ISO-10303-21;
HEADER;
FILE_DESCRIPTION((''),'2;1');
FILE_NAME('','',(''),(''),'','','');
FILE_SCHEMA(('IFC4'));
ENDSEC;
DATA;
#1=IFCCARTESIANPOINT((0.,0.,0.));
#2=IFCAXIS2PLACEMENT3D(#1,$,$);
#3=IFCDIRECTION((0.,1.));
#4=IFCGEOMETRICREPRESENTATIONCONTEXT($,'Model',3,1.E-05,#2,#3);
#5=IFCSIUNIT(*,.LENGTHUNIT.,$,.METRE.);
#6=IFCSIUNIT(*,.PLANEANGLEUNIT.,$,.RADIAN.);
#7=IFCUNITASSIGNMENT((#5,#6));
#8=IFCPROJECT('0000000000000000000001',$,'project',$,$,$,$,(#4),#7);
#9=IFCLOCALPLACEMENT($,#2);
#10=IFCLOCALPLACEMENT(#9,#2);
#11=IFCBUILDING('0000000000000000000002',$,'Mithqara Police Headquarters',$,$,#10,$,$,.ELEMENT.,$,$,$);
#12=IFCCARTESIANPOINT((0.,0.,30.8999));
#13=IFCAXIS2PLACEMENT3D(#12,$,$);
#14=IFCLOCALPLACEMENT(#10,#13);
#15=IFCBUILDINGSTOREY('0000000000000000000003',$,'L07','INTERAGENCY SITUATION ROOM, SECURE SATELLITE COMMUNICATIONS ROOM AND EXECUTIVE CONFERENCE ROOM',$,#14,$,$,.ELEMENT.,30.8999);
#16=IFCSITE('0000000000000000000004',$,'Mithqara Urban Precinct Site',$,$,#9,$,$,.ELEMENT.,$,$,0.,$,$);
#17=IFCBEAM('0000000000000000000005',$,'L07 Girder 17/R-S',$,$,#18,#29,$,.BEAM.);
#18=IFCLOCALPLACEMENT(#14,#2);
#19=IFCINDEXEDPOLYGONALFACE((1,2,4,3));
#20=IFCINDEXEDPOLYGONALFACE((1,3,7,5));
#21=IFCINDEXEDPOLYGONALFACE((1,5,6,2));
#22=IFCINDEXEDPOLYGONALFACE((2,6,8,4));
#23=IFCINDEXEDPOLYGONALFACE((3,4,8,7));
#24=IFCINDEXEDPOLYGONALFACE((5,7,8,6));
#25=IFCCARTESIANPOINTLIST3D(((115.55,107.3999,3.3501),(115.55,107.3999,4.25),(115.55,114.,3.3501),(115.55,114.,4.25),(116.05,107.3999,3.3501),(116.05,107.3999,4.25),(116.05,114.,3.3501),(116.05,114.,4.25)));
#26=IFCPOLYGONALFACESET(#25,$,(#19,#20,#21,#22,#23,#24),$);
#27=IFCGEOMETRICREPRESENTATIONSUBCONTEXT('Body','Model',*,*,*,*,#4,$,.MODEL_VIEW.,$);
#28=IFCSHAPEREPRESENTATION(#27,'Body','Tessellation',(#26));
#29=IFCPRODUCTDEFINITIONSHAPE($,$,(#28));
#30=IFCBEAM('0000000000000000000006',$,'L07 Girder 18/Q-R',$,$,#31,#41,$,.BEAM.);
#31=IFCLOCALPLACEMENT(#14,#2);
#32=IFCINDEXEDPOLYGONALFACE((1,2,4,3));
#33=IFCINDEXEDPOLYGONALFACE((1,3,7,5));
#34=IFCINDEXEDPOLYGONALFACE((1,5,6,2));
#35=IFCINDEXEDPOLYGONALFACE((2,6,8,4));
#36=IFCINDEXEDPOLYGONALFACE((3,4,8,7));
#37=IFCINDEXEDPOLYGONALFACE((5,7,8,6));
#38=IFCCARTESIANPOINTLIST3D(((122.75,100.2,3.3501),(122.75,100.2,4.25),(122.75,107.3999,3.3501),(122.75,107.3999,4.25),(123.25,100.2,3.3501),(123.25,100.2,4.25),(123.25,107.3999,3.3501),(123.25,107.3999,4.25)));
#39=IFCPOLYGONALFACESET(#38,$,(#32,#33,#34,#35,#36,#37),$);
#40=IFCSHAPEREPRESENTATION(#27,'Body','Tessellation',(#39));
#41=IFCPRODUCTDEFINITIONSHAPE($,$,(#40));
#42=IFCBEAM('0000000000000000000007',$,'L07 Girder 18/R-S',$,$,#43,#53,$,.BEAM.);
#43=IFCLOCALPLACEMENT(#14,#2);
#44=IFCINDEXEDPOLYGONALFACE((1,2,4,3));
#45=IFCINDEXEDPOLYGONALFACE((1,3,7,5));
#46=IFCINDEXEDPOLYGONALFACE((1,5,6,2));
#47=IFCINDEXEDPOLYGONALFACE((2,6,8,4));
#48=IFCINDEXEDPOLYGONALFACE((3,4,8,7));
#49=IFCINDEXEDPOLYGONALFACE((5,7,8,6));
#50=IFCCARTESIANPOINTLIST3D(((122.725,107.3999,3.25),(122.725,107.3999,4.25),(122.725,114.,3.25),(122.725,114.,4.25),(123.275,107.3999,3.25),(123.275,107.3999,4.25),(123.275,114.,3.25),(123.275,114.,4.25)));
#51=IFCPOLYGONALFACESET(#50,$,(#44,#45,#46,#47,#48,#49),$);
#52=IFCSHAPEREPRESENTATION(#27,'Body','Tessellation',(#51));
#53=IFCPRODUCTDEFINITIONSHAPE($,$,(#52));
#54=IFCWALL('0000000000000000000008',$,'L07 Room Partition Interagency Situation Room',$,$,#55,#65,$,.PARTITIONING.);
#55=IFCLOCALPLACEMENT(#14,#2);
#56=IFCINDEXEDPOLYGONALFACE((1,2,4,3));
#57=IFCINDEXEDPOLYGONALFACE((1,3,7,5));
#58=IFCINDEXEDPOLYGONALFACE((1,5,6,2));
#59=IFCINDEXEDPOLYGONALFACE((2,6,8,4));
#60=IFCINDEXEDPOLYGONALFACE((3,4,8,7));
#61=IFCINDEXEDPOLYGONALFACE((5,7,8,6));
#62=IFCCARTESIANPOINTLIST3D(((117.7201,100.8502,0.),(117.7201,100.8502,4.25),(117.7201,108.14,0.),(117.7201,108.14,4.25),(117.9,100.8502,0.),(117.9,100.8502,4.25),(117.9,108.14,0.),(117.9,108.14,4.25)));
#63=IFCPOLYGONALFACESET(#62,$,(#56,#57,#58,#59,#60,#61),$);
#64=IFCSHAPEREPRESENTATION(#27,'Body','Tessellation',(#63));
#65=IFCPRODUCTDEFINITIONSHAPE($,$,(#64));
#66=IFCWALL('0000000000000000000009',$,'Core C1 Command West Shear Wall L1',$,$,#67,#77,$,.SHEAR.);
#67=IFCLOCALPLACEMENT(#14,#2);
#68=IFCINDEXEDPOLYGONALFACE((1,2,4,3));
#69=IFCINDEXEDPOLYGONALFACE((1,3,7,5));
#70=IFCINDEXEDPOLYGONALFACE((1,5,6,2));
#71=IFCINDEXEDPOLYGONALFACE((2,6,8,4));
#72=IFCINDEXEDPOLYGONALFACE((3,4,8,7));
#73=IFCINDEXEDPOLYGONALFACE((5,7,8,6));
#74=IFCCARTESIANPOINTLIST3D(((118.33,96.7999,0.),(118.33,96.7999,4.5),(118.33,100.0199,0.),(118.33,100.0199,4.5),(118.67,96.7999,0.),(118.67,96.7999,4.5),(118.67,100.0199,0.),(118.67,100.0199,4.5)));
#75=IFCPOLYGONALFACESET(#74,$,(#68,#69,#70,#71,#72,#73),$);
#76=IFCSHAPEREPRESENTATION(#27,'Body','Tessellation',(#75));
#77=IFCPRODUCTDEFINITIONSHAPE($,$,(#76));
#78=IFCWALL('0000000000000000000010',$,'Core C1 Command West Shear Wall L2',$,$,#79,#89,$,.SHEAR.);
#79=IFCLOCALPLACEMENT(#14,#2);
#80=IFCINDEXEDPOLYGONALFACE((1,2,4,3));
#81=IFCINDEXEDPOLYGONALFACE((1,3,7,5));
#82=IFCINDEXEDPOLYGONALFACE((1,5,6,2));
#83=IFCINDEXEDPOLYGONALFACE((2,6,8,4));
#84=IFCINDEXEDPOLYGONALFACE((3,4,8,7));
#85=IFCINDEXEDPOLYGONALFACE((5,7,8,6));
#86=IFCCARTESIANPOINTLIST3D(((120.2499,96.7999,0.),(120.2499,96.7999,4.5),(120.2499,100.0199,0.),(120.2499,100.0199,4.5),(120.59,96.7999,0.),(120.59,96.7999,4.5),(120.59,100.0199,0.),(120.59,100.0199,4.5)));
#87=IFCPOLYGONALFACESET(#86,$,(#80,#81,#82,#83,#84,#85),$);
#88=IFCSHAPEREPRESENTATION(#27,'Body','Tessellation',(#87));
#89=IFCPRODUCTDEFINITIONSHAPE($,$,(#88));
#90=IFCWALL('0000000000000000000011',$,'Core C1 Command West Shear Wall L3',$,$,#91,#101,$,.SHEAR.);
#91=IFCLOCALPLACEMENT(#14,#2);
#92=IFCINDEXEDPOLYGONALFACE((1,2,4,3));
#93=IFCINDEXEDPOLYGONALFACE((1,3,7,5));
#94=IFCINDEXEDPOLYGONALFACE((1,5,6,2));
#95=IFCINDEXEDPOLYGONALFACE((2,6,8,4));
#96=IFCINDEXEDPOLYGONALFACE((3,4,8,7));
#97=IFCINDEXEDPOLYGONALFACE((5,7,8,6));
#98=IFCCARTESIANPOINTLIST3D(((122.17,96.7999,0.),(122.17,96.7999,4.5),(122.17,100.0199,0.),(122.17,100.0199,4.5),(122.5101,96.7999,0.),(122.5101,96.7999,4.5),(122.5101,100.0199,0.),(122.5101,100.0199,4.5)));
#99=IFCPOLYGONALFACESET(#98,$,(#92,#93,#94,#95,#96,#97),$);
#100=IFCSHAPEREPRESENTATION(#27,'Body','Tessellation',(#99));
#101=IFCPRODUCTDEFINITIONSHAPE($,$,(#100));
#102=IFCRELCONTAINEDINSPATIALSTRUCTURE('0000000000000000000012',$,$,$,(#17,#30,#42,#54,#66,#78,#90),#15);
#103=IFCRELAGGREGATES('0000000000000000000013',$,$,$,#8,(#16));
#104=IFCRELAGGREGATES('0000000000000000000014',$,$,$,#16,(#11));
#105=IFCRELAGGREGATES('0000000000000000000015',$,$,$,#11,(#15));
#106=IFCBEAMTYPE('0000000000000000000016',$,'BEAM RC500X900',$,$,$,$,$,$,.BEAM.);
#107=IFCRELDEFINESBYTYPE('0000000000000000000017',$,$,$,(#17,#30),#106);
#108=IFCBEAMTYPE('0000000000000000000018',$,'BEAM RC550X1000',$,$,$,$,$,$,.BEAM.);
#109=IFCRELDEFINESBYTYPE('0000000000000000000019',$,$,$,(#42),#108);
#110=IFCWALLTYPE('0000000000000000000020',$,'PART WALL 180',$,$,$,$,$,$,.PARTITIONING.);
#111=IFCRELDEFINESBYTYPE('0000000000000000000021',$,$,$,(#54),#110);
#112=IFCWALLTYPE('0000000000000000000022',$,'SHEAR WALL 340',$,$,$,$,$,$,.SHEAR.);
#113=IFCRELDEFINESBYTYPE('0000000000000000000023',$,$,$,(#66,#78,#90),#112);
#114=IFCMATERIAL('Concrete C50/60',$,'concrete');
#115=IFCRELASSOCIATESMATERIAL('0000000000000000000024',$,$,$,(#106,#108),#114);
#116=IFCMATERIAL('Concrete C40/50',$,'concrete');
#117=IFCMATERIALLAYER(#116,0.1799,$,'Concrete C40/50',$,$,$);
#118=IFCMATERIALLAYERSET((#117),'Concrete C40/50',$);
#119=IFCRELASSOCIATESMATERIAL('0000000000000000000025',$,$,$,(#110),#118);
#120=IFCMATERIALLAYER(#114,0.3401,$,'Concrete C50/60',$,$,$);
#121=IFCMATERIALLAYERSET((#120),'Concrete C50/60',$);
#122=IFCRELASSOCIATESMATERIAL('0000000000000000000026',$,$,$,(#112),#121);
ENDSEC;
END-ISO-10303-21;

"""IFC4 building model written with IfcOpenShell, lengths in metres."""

from ifc_helpers import new_model, si_unit, direction, frame, frame_2d, origin, origin_2d, place, context, subcontext, project, spatial, rectangle, extrude, material, layer, layer_set, material_profile, profile_set, type_object, element, save


model = new_model("IFC4")

# Units and contexts
model_context = context("Model", 3, precision=1e-05, world=origin(), true_north=direction((0.0, 1.0)))
body_context = subcontext(model_context, "Body", "Model", "MODEL_VIEW")
ifc_project = project(units=[si_unit("LENGTHUNIT", "METRE"), si_unit("PLANEANGLEUNIT", "RADIAN")], contexts=[model_context])

# Site, building, storey
site_placement = place(None, origin())
site = spatial("IfcSite", under=ifc_project, at=site_placement, Name="Mithqara Urban Precinct Site", CompositionType="ELEMENT", RefElevation=0.0)
building_placement = place(site_placement, origin())
building = spatial("IfcBuilding", under=site, at=building_placement, Name="Mithqara Police Headquarters", CompositionType="ELEMENT")
storey_placement = place(building_placement, frame((0.0, 0.0, 30.8999)))
storey = spatial("IfcBuildingStorey", under=building, at=storey_placement, Name="L07", Description="INTERAGENCY SITUATION ROOM, SECURE SATELLITE COMMUNICATIONS ROOM AND EXECUTIVE CONFERENCE ROOM", CompositionType="ELEMENT", Elevation=30.8999)

# Shared definitions
ifc_material_1 = material(Name="Concrete C50/60", Category="concrete")

# Beams
ifc_material_2 = material(Name="Concrete C40/50", Category="concrete")
ifc_material_profile_1 = material_profile(ifc_material_1, rectangle(XDim=0.5, YDim=0.8999, at=origin_2d()), Name="RC 500x900")
ifc_profile_set_1 = profile_set([ifc_material_profile_1], Name="Concrete C50/60")
beam_type_1 = type_object("IfcBeamType", Name="BEAM RC500X900", PredefinedType="BEAM", material=ifc_profile_set_1)
beam_1_placement = place(storey_placement, frame((115.8, 107.3999, 3.8), z_axis=(0.0, 1.0, 0.0), x_axis=(-1.0, 0.0, 0.0)))
element("IfcBeam", 1, at=beam_1_placement, inside=storey, type_object=beam_type_1, Name="L07 Girder 17/R-S", PredefinedType="BEAM", context=body_context, shape_type="SweptSolid", body=[
    extrude(rectangle(XDim=0.5, YDim=0.8999, at=origin_2d()), origin(), (0.0, 0.0, 1.0), 6.6001),
])
beam_2_placement = place(storey_placement, frame((123.0, 100.2, 3.8), z_axis=(0.0, 1.0, 0.0), x_axis=(-1.0, 0.0, 0.0)))
element("IfcBeam", 2, at=beam_2_placement, inside=storey, type_object=beam_type_1, Name="L07 Girder 18/Q-R", PredefinedType="BEAM", context=body_context, shape_type="SweptSolid", body=[
    extrude(rectangle(XDim=0.5, YDim=0.8999, at=origin_2d()), origin(), (0.0, 0.0, 1.0), 7.2),
])
ifc_material_profile_2 = material_profile(ifc_material_1, rectangle(XDim=0.55, YDim=1.0, at=origin_2d()), Name="RC 550x1000")
ifc_profile_set_2 = profile_set([ifc_material_profile_2], Name="Concrete C50/60")
beam_type_2 = type_object("IfcBeamType", Name="BEAM RC550X1000", PredefinedType="BEAM", material=ifc_profile_set_2)
beam_3_placement = place(storey_placement, frame((123.0, 107.3999, 3.75), z_axis=(0.0, 1.0, 0.0), x_axis=(-1.0, 0.0, 0.0)))
element("IfcBeam", 3, at=beam_3_placement, inside=storey, type_object=beam_type_2, Name="L07 Girder 18/R-S", PredefinedType="BEAM", context=body_context, shape_type="SweptSolid", body=[
    extrude(rectangle(XDim=0.55, YDim=1.0, at=origin_2d()), origin(), (0.0, 0.0, 1.0), 6.6001),
])

# Walls
ifc_layer_1 = layer(ifc_material_2, 0.1799, Name="Concrete C40/50")
ifc_layer_set_1 = layer_set([ifc_layer_1], Name="Concrete C40/50")
wall_type_1 = type_object("IfcWallType", Name="PART WALL 180", PredefinedType="PARTITIONING", material=ifc_layer_set_1)
wall_placement = place(storey_placement, frame((117.8101, 100.8501, 0.0), z_axis=(0.0, 0.0, 1.0), x_axis=(0.0, 1.0, 0.0)))
element("IfcWall", 4, at=wall_placement, inside=storey, type_object=wall_type_1, Name="L07 Room Partition Interagency Situation Room", PredefinedType="PARTITIONING", context=body_context, shape_type="SweptSolid", body=[
    extrude(rectangle(XDim=7.2898, YDim=0.1799, at=frame_2d((3.645, 0.0))), origin(), (0.0, 0.0, 1.0), 4.25),
])
ifc_layer_2 = layer(ifc_material_1, 0.3401, Name="Concrete C50/60")
ifc_layer_set_2 = layer_set([ifc_layer_2], Name="Concrete C50/60")
wall_type_2 = type_object("IfcWallType", Name="SHEAR WALL 340", PredefinedType="SHEAR", material=ifc_layer_set_2)
for number, where, z_axis, x_axis, name in (
    (5, (118.5, 96.8, 0.0), (0.0, 0.0, 1.0), (0.0, 1.0, 0.0), "Core C1 Command West Shear Wall L1"),
    (6, (120.4199, 96.8, 0.0), (0.0, 0.0, 1.0), (0.0, 1.0, 0.0), "Core C1 Command West Shear Wall L2"),
    (7, (122.3401, 96.8, 0.0), (0.0, 0.0, 1.0), (0.0, 1.0, 0.0), "Core C1 Command West Shear Wall L3"),
):
    element("IfcWall", number, at=place(storey_placement, frame(where, z_axis=z_axis, x_axis=x_axis)), inside=storey, type_object=wall_type_2, Name=name, PredefinedType="SHEAR", context=body_context, shape_type="SweptSolid", body=[
        extrude(rectangle(XDim=3.22, YDim=0.3401, at=frame_2d((1.6099, 0.0))), origin(), (0.0, 0.0, 1.0), 4.5),
    ])

save(model, "model.ifc")
